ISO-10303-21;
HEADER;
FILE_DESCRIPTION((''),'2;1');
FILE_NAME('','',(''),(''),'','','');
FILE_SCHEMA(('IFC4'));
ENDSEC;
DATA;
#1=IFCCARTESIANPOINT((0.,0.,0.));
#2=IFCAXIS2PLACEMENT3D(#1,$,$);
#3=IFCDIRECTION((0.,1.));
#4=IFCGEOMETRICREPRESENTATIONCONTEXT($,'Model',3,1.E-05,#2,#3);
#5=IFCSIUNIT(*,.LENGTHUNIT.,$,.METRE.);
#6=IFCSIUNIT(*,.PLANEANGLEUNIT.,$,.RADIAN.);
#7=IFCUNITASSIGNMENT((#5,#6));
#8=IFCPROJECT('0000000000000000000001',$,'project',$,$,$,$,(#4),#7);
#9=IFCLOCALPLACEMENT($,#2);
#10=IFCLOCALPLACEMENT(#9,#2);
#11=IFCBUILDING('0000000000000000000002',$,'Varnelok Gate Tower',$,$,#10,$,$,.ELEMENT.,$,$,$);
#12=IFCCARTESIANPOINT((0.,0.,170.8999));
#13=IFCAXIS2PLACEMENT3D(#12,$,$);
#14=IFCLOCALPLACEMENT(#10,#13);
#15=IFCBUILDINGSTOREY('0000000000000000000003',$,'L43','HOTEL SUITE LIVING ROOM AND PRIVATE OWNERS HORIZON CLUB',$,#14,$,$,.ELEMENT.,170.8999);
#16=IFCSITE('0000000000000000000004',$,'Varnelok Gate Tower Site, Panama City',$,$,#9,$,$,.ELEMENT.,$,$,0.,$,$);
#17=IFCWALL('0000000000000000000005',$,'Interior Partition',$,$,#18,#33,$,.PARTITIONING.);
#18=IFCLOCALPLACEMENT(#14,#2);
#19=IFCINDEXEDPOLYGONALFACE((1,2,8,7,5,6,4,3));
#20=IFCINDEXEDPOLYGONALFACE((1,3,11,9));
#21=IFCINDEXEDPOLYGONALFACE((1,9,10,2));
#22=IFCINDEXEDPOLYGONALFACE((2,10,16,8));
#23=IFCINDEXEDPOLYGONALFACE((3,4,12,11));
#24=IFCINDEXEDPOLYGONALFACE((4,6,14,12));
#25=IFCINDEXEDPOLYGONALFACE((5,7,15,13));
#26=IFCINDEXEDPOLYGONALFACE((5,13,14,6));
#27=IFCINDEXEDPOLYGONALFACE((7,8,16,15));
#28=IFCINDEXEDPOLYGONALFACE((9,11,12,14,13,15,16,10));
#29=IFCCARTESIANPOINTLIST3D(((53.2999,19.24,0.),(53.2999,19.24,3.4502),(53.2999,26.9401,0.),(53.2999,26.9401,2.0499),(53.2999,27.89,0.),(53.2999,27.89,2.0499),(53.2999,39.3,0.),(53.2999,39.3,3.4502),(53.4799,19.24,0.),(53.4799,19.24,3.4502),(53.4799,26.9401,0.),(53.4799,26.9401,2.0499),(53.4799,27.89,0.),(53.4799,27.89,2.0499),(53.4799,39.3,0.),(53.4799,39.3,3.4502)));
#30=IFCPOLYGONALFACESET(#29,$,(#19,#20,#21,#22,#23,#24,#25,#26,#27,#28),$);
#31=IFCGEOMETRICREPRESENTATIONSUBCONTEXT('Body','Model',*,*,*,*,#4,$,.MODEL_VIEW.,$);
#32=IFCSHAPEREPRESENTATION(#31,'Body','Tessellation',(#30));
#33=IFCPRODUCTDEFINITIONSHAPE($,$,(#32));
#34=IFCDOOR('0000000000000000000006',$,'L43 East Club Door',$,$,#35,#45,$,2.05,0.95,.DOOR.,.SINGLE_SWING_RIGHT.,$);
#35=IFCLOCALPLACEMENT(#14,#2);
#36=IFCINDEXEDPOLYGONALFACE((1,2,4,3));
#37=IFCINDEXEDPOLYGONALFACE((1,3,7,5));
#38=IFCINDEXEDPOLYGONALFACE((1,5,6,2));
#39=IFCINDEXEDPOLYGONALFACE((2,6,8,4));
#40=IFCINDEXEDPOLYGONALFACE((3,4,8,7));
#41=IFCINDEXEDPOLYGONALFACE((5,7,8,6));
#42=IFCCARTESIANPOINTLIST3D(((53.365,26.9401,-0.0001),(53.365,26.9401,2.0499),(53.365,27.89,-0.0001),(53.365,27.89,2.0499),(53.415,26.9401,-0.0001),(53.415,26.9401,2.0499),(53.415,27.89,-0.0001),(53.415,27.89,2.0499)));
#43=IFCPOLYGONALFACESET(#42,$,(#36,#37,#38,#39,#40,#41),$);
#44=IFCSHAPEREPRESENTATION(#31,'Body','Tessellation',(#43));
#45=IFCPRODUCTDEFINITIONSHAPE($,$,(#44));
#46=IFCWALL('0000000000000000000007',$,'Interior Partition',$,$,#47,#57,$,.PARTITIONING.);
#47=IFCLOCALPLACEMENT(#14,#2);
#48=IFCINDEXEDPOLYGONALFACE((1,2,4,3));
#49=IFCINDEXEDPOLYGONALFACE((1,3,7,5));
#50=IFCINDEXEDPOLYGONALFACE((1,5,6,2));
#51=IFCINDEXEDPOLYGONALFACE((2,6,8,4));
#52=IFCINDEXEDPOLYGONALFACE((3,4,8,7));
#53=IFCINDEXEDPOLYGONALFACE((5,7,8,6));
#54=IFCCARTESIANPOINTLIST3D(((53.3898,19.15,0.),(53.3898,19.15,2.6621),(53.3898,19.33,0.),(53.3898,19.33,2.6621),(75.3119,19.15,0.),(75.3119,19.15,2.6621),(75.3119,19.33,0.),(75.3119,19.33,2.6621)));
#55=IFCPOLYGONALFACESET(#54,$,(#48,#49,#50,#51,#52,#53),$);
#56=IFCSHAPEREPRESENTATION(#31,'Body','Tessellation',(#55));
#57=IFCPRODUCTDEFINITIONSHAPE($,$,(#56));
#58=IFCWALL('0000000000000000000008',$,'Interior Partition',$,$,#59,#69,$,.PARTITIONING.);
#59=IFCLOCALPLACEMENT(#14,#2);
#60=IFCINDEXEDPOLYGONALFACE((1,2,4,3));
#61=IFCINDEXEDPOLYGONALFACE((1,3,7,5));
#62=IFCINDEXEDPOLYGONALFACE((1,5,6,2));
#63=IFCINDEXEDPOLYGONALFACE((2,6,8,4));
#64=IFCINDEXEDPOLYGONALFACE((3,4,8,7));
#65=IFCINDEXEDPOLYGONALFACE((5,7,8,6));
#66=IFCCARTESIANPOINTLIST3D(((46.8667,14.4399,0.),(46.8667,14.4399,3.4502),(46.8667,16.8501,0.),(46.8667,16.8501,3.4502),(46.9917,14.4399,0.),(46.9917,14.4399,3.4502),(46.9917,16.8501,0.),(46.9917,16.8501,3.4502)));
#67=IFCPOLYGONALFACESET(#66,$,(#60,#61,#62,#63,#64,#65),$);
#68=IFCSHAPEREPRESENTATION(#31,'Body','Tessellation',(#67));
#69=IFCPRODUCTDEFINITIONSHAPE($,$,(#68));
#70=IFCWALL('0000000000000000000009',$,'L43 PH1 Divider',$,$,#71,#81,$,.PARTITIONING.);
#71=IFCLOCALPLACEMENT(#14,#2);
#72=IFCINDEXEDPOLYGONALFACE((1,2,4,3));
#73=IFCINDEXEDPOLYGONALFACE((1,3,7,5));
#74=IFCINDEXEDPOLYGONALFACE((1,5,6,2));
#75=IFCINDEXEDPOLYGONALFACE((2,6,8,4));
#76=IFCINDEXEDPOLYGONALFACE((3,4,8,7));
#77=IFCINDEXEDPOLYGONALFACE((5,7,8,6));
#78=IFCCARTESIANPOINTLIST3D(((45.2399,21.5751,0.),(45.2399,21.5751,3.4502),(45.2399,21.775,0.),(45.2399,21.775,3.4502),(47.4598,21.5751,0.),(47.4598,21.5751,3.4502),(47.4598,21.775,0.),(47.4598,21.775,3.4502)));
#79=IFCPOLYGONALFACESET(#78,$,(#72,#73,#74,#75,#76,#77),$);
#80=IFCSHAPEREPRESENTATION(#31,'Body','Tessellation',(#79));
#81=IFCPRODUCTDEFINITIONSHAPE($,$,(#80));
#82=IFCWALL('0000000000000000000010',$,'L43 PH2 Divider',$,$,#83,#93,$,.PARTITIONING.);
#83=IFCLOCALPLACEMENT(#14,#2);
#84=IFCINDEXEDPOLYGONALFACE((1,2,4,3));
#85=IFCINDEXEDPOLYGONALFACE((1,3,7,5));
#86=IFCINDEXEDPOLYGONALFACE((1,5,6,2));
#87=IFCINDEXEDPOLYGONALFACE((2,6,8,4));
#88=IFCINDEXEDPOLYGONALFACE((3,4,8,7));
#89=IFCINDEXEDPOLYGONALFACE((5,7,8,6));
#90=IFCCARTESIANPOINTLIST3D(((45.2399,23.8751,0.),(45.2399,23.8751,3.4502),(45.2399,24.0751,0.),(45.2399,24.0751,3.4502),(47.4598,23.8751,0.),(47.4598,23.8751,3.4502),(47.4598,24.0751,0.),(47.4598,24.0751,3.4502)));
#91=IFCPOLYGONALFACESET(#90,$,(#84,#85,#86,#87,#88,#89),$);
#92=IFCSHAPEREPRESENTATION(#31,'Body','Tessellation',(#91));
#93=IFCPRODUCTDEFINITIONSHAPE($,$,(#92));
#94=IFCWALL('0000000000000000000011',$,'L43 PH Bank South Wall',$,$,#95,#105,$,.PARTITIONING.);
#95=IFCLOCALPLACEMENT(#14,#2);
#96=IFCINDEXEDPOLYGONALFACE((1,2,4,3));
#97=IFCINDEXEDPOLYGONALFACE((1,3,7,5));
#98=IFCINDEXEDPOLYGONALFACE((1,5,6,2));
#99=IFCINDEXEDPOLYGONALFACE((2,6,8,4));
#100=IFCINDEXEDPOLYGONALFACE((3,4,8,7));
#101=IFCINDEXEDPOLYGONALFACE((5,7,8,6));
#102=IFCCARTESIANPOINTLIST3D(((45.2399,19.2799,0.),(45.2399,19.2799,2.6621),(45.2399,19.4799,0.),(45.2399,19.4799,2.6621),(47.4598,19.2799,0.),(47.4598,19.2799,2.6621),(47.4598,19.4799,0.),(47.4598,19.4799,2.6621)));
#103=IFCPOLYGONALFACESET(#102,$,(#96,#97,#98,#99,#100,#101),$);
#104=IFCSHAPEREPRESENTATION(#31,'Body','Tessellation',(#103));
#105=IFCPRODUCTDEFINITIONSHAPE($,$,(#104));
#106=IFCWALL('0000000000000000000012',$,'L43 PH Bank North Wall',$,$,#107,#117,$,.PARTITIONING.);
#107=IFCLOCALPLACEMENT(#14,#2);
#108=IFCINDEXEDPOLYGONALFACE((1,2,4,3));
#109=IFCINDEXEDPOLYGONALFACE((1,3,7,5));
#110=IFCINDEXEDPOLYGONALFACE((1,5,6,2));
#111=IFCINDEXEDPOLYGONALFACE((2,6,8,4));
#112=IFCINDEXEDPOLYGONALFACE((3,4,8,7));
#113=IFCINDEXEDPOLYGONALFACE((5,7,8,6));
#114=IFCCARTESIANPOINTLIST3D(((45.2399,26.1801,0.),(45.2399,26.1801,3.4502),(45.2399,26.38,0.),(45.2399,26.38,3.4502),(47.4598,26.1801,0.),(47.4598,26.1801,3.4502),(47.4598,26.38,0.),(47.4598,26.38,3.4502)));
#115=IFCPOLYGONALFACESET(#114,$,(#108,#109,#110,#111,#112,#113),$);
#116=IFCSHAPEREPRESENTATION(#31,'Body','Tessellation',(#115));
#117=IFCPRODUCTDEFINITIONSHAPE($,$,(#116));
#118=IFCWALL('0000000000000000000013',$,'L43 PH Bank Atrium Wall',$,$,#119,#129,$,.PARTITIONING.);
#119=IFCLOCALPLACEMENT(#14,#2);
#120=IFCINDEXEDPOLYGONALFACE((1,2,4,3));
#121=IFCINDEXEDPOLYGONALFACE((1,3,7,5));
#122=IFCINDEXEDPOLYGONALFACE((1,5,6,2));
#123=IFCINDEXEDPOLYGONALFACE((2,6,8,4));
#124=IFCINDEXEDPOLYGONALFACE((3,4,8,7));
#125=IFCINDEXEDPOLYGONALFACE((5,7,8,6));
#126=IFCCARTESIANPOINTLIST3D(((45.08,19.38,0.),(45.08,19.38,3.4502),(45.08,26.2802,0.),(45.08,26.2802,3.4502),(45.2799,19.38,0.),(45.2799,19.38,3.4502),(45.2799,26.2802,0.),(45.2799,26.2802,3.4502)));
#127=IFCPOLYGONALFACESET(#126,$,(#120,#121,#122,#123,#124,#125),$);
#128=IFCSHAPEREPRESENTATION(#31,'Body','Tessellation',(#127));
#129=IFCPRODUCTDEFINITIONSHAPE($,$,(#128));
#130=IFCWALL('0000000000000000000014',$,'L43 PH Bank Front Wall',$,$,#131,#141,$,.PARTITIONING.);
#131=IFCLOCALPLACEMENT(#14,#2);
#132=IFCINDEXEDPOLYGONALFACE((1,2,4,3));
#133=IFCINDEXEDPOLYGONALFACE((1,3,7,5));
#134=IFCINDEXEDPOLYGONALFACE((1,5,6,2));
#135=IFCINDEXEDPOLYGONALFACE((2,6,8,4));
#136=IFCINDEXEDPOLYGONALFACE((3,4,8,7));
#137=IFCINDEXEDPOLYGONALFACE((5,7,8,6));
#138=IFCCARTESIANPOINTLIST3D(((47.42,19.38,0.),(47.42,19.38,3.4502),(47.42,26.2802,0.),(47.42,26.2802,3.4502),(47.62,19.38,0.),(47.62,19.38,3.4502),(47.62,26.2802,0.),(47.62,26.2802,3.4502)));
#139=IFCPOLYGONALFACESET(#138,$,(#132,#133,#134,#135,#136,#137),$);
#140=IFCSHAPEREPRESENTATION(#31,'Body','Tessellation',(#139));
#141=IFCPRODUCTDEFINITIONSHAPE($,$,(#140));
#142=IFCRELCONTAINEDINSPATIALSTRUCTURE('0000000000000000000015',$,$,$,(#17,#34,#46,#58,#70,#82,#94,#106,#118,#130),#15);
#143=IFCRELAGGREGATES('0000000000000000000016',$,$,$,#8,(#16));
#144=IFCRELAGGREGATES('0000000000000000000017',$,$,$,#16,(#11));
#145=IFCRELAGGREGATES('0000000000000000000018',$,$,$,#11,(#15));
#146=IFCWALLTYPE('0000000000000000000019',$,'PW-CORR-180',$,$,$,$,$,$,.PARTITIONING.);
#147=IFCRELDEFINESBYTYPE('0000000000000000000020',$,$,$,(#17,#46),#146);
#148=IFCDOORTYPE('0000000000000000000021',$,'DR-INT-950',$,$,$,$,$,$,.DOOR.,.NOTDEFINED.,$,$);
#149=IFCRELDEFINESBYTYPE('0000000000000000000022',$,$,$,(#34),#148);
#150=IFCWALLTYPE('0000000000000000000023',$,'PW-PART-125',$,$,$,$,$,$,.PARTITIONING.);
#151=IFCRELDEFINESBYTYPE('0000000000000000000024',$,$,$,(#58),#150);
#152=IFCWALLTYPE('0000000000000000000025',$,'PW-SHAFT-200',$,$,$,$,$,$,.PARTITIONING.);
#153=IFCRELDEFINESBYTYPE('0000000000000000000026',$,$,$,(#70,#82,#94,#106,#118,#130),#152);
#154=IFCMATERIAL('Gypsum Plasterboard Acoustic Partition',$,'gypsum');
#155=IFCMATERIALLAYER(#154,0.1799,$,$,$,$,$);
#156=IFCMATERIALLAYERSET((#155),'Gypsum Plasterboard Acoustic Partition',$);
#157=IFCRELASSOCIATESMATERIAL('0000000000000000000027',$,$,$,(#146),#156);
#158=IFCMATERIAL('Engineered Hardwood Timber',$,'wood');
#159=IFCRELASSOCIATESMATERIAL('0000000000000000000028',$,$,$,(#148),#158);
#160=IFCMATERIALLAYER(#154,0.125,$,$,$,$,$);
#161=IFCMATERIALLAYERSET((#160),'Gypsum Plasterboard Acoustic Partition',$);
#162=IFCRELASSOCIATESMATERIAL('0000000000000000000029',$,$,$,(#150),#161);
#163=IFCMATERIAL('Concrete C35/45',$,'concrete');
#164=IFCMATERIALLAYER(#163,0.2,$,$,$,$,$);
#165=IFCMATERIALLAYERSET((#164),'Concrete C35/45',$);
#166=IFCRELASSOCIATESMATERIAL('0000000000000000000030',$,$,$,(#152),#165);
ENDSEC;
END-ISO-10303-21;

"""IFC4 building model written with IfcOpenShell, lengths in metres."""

from ifc_helpers import new_model, si_unit, direction, frame, frame_2d, origin, place, context, subcontext, project, spatial, rectangle, extrude, material, layer, layer_set, type_object, element, fill, save


model = new_model("IFC4")

# Units and contexts
model_context = context("Model", 3, precision=1e-05, world=origin(), true_north=direction((0.0, 1.0)))
body_context = subcontext(model_context, "Body", "Model", "MODEL_VIEW")
ifc_project = project(units=[si_unit("LENGTHUNIT", "METRE"), si_unit("PLANEANGLEUNIT", "RADIAN")], contexts=[model_context])

# Site, building, storey
site_placement = place(None, origin())
site = spatial("IfcSite", under=ifc_project, at=site_placement, Name="Varnelok Gate Tower Site, Panama City", CompositionType="ELEMENT", RefElevation=0.0)
building_placement = place(site_placement, origin())
building = spatial("IfcBuilding", under=site, at=building_placement, Name="Varnelok Gate Tower", CompositionType="ELEMENT")
storey_placement = place(building_placement, frame((0.0, 0.0, 170.8999)))
storey = spatial("IfcBuildingStorey", under=building, at=storey_placement, Name="L43", Description="HOTEL SUITE LIVING ROOM AND PRIVATE OWNERS HORIZON CLUB", CompositionType="ELEMENT", Elevation=170.8999)

# Wall, opening, door
ifc_material_1 = material(Name="Gypsum Plasterboard Acoustic Partition", Category="gypsum")
ifc_layer_1 = layer(ifc_material_1, 0.1799)
ifc_layer_set_1 = layer_set([ifc_layer_1], Name="Gypsum Plasterboard Acoustic Partition")
wall_type_1 = type_object("IfcWallType", Name="PW-CORR-180", PredefinedType="PARTITIONING", material=ifc_layer_set_1)
ifc_material_2 = material(Name="Engineered Hardwood Timber", Category="wood")
wall_1_placement = place(storey_placement, frame((53.3899, 19.24, 0.0), z_axis=(0.0, 0.0, 1.0), x_axis=(0.0, 1.0, 0.0)))
wall_1 = element("IfcWall", 1, at=wall_1_placement, inside=storey, type_object=wall_type_1, Name="Interior Partition", PredefinedType="PARTITIONING", context=body_context, shape_type="SweptSolid", body=[
    extrude(rectangle(XDim=20.0601, YDim=0.1799, at=frame_2d((10.03, 0.0))), origin(), (0.0, 0.0, 1.0), 3.4502),
])
opening_1_placement = place(wall_1_placement, frame((7.7, 0.0, 0.0)))
opening_1 = element("IfcOpeningElement", 2, at=opening_1_placement, cuts=wall_1, PredefinedType="OPENING", context=body_context, shape_type="SweptSolid", body=[
    extrude(rectangle(XDim=0.95, YDim=2.05, at=frame_2d((0.4751, 1.0249))), frame((0.0, 0.0999, 0.0), z_axis=(0.0, -1.0, 0.0), x_axis=(1.0, 0.0, 0.0)), (0.0, 0.0, 1.0), 0.2),
])
door_type_1 = type_object("IfcDoorType", Name="DR-INT-950", OperationType="NOTDEFINED", PredefinedType="DOOR", material=ifc_material_2)
door_1_placement = place(opening_1_placement, origin())
door_1 = element("IfcDoor", 3, at=door_1_placement, inside=storey, type_object=door_type_1, Name="L43 East Club Door", OperationType="SINGLE_SWING_RIGHT", OverallHeight=2.05, OverallWidth=0.95, PredefinedType="DOOR", context=body_context, shape_type="SweptSolid", body=[
    extrude(rectangle(XDim=0.95, YDim=2.05, at=frame_2d((0.4751, 1.0249))), frame((0.0, 0.0249, 0.0), z_axis=(0.0, -1.0, 0.0), x_axis=(1.0, 0.0, 0.0)), (0.0, 0.0, 1.0), 0.05),
])
fill(opening_1, door_1)

# Walls
wall_2_placement = place(storey_placement, frame((53.3899, 19.24, 0.0), z_axis=(0.0, 0.0, 1.0), x_axis=(1.0, 0.0, 0.0)))
element("IfcWall", 4, at=wall_2_placement, inside=storey, type_object=wall_type_1, Name="Interior Partition", PredefinedType="PARTITIONING", context=body_context, shape_type="SweptSolid", body=[
    extrude(rectangle(XDim=21.9221, YDim=0.1799, at=frame_2d((10.9609, 0.0))), origin(), (0.0, 0.0, 1.0), 2.6621),
])
ifc_layer_2 = layer(ifc_material_1, 0.125)
ifc_layer_set_2 = layer_set([ifc_layer_2], Name="Gypsum Plasterboard Acoustic Partition")
wall_type_2 = type_object("IfcWallType", Name="PW-PART-125", PredefinedType="PARTITIONING", material=ifc_layer_set_2)
wall_3_placement = place(storey_placement, frame((46.9292, 14.4399, 0.0), z_axis=(0.0, 0.0, 1.0), x_axis=(0.0, 1.0, 0.0)))
element("IfcWall", 5, at=wall_3_placement, inside=storey, type_object=wall_type_2, Name="Interior Partition", PredefinedType="PARTITIONING", context=body_context, shape_type="SweptSolid", body=[
    extrude(rectangle(XDim=2.4102, YDim=0.125, at=frame_2d((1.2051, 0.0))), origin(), (0.0, 0.0, 1.0), 3.4502),
])
ifc_material_3 = material(Name="Concrete C35/45", Category="concrete")
ifc_layer_3 = layer(ifc_material_3, 0.2)
ifc_layer_set_3 = layer_set([ifc_layer_3], Name="Concrete C35/45")
wall_type_3 = type_object("IfcWallType", Name="PW-SHAFT-200", PredefinedType="PARTITIONING", material=ifc_layer_set_3)
for number, where, z_axis, x_axis, name in (
    (6, (45.24, 21.675, 0.0), (0.0, 0.0, 1.0), (1.0, 0.0, 0.0), "L43 PH1 Divider"),
    (7, (45.24, 23.9751, 0.0), (0.0, 0.0, 1.0), (1.0, 0.0, 0.0), "L43 PH2 Divider"),
):
    element("IfcWall", number, at=place(storey_placement, frame(where, z_axis=z_axis, x_axis=x_axis)), inside=storey, type_object=wall_type_3, Name=name, PredefinedType="PARTITIONING", context=body_context, shape_type="SweptSolid", body=[
        extrude(rectangle(XDim=2.22, YDim=0.2, at=frame_2d((1.1099, 0.0))), origin(), (0.0, 0.0, 1.0), 3.4502),
    ])
wall_4_placement = place(storey_placement, frame((45.24, 19.3799, 0.0), z_axis=(0.0, 0.0, 1.0), x_axis=(1.0, 0.0, 0.0)))
element("IfcWall", 8, at=wall_4_placement, inside=storey, type_object=wall_type_3, Name="L43 PH Bank South Wall", PredefinedType="PARTITIONING", context=body_context, shape_type="SweptSolid", body=[
    extrude(rectangle(XDim=2.22, YDim=0.2, at=frame_2d((1.1099, 0.0))), origin(), (0.0, 0.0, 1.0), 2.6621),
])
wall_5_placement = place(storey_placement, frame((45.24, 26.28, 0.0), z_axis=(0.0, 0.0, 1.0), x_axis=(1.0, 0.0, 0.0)))
element("IfcWall", 9, at=wall_5_placement, inside=storey, type_object=wall_type_3, Name="L43 PH Bank North Wall", PredefinedType="PARTITIONING", context=body_context, shape_type="SweptSolid", body=[
    extrude(rectangle(XDim=2.22, YDim=0.2, at=frame_2d((1.1099, 0.0))), origin(), (0.0, 0.0, 1.0), 3.4502),
])
for number, where, z_axis, x_axis, name in (
    (10, (45.1799, 19.3799, 0.0), (0.0, 0.0, 1.0), (0.0, 1.0, 0.0), "L43 PH Bank Atrium Wall"),
    (11, (47.52, 19.3799, 0.0), (0.0, 0.0, 1.0), (0.0, 1.0, 0.0), "L43 PH Bank Front Wall"),
):
    element("IfcWall", number, at=place(storey_placement, frame(where, z_axis=z_axis, x_axis=x_axis)), inside=storey, type_object=wall_type_3, Name=name, PredefinedType="PARTITIONING", context=body_context, shape_type="SweptSolid", body=[
        extrude(rectangle(XDim=6.9001, YDim=0.2, at=frame_2d((3.4502, 0.0))), origin(), (0.0, 0.0, 1.0), 3.4502),
    ])

save(model, "model.ifc")
